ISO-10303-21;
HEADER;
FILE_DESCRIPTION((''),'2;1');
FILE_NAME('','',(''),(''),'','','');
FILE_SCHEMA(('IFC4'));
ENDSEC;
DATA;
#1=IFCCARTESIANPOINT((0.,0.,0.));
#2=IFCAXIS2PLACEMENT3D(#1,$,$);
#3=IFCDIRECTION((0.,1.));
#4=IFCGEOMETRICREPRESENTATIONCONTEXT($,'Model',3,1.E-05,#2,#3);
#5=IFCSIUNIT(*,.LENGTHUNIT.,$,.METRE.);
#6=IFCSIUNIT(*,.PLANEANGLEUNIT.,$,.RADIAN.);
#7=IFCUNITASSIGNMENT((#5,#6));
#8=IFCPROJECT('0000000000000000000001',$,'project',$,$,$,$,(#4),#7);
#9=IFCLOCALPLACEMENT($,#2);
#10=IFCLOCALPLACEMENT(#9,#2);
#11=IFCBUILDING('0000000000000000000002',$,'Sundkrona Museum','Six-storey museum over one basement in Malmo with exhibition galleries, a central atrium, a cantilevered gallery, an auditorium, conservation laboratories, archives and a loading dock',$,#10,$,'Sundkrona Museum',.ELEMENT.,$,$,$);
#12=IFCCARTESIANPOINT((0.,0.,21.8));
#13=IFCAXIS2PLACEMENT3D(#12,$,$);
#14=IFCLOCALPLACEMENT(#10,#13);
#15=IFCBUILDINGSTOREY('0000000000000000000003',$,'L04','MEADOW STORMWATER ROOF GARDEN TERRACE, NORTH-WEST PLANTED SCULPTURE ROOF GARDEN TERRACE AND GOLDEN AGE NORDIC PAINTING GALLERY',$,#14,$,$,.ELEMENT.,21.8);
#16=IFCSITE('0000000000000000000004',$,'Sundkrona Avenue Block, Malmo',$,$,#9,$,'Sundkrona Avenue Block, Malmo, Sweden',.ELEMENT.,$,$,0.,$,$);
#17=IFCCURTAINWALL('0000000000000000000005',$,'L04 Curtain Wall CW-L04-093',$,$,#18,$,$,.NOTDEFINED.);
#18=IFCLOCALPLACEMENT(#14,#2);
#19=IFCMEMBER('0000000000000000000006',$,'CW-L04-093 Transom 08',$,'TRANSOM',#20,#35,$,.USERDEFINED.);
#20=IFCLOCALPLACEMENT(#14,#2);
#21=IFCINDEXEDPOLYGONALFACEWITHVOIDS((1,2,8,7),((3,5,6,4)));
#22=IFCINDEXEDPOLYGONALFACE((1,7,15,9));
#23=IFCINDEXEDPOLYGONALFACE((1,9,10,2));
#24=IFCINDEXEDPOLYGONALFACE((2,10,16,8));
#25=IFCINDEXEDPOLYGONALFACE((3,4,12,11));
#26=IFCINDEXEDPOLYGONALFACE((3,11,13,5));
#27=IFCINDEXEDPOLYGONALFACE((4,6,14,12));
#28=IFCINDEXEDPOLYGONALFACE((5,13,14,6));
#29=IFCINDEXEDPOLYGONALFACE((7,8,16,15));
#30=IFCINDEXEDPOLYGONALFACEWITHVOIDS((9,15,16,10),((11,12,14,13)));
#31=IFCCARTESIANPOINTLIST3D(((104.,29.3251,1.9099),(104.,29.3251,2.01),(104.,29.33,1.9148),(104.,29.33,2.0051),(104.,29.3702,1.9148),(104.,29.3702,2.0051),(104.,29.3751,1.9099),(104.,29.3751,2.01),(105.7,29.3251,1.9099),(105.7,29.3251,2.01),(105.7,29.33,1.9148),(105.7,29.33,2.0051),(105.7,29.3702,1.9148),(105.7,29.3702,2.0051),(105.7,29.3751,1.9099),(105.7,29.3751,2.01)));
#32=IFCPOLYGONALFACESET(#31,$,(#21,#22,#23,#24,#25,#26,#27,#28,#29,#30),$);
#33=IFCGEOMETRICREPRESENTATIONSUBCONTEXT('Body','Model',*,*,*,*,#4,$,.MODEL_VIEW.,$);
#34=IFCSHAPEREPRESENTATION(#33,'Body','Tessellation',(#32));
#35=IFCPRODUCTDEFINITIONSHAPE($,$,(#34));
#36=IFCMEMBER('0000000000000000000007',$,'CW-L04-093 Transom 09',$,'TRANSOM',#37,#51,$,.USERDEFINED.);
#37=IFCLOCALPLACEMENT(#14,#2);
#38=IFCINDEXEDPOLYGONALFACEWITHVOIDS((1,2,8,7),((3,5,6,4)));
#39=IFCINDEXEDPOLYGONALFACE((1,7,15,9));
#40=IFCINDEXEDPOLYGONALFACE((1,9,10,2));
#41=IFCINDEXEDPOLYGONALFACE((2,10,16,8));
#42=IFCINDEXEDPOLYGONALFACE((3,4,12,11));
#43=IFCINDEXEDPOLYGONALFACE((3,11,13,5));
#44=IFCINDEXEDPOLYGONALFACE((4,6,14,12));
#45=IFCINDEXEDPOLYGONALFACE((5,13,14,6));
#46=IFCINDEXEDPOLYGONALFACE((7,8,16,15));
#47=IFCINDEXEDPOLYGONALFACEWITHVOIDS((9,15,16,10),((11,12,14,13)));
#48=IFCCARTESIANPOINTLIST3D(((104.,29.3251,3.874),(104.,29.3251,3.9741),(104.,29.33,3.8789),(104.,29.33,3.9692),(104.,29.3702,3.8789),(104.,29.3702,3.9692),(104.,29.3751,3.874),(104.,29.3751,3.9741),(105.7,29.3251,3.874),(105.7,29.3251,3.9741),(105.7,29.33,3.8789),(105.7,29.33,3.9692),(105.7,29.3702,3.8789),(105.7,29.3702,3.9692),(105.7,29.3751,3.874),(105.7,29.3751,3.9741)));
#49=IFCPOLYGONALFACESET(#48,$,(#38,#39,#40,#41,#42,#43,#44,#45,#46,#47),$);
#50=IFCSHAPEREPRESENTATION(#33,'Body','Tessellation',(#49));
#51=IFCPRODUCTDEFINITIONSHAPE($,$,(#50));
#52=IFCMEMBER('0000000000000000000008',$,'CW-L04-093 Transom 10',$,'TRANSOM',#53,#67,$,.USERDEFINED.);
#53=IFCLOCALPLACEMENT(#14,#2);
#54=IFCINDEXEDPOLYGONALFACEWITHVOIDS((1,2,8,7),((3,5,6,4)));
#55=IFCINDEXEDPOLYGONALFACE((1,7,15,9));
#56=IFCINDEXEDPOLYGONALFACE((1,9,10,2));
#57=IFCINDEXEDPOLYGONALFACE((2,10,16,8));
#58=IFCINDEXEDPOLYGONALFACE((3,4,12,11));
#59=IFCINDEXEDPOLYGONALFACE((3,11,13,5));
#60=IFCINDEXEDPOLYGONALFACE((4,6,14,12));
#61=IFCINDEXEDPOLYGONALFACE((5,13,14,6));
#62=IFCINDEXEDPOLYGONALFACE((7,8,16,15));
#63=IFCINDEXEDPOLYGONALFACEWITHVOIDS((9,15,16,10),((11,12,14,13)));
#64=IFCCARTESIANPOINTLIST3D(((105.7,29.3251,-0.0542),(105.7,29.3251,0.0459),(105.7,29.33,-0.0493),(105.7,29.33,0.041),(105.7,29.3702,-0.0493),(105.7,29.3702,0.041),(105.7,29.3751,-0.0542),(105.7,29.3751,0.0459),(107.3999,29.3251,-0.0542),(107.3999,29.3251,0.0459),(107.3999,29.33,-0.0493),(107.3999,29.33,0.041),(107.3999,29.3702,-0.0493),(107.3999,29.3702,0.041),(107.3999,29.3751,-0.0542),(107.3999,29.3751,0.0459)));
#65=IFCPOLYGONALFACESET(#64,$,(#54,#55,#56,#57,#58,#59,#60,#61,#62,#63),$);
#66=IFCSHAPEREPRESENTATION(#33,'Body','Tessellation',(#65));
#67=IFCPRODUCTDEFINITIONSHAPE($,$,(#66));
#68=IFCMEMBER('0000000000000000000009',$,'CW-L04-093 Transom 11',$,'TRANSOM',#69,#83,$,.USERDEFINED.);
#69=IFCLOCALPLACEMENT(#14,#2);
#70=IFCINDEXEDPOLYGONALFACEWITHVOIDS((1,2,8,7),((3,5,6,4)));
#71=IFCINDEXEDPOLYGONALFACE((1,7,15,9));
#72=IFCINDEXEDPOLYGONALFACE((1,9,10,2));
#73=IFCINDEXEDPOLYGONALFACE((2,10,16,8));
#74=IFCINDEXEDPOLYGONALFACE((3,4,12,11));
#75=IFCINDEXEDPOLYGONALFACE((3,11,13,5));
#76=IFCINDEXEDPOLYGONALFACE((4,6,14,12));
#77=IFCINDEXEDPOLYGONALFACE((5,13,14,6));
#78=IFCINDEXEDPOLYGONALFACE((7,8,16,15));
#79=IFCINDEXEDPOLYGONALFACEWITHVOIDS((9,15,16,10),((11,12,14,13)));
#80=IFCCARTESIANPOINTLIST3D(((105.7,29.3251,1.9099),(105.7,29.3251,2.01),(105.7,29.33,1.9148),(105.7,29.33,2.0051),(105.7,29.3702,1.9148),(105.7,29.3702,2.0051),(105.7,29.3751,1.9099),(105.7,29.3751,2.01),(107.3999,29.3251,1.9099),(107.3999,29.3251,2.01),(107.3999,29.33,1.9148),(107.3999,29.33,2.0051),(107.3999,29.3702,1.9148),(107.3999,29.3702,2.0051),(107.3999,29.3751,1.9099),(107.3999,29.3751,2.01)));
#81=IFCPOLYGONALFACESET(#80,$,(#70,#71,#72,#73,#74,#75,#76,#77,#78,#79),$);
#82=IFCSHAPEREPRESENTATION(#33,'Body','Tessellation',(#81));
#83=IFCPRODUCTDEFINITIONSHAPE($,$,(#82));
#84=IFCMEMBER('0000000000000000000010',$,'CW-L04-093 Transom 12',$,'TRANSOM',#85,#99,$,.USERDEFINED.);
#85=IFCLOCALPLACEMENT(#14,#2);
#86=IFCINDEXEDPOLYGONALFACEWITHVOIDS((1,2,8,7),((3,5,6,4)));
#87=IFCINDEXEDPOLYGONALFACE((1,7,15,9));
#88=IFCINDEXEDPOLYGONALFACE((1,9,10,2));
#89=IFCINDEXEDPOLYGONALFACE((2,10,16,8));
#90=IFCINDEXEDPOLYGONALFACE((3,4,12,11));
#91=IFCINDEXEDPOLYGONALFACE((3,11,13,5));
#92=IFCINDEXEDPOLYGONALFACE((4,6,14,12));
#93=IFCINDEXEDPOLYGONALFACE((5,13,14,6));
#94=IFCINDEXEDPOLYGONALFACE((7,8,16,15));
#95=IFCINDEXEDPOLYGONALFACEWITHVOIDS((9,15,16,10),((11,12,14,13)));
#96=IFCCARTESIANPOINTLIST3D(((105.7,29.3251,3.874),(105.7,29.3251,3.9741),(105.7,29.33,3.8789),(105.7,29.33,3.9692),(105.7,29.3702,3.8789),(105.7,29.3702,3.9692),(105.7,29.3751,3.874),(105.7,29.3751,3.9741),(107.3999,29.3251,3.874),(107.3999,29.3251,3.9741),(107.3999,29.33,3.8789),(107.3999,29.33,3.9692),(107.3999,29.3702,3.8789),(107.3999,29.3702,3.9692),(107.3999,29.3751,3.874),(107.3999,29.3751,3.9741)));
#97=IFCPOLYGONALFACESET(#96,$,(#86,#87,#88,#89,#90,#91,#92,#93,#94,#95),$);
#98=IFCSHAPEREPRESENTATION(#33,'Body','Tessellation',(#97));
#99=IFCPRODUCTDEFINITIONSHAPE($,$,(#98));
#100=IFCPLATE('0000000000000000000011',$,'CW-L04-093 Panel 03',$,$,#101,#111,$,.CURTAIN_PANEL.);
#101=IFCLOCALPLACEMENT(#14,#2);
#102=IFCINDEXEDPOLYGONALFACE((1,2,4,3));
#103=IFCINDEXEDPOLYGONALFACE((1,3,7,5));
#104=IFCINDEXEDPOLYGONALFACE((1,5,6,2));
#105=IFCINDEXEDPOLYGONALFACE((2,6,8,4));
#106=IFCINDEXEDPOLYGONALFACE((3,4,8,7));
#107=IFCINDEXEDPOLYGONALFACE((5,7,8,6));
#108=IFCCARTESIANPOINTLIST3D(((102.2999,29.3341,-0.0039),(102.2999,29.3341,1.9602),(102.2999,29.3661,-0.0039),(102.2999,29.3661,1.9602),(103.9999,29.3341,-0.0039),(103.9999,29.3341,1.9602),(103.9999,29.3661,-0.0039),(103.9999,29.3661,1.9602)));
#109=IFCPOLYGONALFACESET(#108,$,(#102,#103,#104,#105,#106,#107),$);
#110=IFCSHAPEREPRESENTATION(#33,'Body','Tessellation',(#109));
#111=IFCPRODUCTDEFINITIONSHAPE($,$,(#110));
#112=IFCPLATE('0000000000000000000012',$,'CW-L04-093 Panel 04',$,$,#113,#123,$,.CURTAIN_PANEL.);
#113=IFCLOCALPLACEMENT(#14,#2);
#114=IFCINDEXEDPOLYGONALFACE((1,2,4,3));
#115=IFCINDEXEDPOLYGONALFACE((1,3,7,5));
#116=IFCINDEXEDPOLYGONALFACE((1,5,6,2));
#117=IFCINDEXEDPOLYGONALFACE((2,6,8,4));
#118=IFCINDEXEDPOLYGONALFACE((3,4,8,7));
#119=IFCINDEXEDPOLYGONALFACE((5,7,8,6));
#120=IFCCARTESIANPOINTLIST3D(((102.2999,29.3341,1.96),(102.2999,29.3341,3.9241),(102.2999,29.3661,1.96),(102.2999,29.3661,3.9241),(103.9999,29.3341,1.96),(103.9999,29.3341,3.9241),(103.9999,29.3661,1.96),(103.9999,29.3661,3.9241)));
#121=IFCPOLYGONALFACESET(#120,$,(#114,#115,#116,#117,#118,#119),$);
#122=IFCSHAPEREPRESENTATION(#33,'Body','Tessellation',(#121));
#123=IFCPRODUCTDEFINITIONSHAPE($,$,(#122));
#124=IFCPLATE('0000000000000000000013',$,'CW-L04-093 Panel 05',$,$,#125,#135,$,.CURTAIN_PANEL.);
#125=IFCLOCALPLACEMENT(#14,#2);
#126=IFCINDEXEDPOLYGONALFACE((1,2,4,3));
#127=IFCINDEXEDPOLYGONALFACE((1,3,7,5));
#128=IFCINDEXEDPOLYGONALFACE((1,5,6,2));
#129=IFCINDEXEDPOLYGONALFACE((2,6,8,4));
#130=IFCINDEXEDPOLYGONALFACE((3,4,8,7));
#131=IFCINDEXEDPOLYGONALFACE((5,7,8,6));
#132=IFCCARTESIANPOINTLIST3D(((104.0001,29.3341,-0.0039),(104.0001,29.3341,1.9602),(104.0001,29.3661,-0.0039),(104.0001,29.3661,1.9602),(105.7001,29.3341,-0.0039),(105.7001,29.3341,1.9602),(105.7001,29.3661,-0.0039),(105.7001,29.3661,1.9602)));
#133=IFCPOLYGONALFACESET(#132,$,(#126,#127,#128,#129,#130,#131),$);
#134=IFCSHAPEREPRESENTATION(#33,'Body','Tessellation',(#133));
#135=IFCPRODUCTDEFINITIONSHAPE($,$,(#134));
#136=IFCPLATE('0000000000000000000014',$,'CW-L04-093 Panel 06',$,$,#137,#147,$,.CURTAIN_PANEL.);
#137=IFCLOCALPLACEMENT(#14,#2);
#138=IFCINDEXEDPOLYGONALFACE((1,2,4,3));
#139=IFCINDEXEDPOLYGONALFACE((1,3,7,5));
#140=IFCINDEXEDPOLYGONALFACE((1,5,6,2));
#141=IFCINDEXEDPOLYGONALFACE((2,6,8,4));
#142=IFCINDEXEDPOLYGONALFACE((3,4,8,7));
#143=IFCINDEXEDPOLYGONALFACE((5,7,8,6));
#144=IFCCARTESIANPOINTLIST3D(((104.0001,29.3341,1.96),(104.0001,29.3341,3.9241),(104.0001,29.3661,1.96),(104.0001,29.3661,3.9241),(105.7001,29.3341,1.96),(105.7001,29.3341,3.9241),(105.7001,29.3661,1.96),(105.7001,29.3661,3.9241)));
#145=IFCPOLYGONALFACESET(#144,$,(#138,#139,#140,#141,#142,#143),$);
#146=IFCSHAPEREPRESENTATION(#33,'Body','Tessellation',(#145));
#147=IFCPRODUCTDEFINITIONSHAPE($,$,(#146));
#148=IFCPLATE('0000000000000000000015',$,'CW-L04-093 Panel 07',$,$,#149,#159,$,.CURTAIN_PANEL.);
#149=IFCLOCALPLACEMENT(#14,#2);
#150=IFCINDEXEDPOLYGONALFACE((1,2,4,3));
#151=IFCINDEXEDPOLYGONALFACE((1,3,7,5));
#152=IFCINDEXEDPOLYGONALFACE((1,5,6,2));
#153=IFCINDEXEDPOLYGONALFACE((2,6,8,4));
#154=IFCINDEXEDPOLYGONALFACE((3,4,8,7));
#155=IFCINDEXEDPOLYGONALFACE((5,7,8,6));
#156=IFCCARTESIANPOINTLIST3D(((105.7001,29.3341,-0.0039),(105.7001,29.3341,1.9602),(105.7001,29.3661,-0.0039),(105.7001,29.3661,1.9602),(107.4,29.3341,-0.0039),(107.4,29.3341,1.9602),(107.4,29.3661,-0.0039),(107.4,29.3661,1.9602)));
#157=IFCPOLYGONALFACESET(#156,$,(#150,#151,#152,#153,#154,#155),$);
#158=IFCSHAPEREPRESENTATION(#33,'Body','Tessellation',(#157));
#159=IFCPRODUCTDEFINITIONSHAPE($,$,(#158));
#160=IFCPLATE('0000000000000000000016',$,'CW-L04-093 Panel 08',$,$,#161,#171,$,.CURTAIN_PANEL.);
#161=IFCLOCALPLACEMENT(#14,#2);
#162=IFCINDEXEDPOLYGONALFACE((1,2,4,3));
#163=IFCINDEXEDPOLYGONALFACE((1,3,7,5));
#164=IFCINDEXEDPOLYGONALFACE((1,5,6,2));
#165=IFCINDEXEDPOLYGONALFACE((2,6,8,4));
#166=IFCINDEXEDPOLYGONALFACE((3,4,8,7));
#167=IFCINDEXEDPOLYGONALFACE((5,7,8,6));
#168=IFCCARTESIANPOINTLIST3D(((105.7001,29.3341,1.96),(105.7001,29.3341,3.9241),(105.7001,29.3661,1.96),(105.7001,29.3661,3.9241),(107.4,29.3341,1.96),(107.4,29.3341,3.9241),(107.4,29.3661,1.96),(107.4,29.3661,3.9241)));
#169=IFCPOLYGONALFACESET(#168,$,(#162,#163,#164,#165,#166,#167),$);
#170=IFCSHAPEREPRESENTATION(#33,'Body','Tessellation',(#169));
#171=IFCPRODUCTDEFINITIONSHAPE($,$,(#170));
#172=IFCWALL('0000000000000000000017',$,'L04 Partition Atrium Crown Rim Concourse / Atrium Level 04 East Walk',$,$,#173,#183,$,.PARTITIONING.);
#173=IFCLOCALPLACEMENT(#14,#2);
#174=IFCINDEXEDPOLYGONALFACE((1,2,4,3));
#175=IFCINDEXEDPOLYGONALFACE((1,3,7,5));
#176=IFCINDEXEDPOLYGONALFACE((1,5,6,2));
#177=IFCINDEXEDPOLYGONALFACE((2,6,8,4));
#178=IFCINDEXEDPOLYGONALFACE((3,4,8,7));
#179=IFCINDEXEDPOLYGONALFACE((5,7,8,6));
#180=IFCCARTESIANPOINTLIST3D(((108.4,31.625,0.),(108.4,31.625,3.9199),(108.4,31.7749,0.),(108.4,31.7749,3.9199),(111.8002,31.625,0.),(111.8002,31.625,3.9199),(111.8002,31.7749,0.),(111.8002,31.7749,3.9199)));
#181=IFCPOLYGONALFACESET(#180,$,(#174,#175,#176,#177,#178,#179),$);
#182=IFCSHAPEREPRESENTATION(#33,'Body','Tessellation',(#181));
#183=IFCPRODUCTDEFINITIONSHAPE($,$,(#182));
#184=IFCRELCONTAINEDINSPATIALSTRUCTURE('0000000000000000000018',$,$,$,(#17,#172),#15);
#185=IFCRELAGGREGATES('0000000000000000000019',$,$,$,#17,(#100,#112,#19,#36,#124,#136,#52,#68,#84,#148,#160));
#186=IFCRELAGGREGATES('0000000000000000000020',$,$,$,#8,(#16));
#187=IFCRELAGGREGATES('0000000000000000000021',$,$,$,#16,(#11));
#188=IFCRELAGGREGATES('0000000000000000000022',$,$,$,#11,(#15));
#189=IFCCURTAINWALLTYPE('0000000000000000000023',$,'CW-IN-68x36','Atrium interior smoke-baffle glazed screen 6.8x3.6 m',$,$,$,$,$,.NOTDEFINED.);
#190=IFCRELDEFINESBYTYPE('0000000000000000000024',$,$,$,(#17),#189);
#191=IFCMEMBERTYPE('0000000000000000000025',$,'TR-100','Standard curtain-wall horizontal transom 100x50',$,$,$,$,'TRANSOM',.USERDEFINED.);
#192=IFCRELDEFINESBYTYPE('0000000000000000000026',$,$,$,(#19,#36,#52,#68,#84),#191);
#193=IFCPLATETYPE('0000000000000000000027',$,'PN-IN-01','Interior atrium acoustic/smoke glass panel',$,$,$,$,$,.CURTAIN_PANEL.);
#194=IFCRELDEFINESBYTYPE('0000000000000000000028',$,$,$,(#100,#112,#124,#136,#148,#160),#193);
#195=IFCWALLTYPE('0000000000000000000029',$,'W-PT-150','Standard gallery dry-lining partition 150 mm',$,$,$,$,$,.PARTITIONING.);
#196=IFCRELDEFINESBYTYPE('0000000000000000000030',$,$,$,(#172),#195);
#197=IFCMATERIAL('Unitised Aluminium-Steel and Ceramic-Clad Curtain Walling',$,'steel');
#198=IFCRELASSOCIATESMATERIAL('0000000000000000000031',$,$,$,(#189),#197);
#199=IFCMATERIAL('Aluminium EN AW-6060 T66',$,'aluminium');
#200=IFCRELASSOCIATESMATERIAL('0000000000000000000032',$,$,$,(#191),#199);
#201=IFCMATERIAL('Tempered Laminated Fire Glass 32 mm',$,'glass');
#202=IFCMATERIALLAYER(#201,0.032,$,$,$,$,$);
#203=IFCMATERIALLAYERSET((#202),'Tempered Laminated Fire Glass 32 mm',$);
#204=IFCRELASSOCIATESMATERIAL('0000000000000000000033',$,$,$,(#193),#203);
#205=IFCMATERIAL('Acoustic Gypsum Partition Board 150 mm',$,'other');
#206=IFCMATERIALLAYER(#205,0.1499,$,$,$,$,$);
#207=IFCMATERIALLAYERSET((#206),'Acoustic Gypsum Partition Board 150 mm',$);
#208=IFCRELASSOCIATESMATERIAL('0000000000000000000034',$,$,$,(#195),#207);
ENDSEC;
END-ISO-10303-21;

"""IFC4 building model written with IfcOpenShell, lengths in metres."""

from ifc_helpers import new_model, si_unit, direction, frame, frame_2d, origin, origin_2d, place, context, subcontext, project, spatial, rectangle, hollow_rectangle, extrude, material, layer, layer_set, material_profile, profile_set, type_object, element, aggregate, save


model = new_model("IFC4")

# Units and contexts
model_context = context("Model", 3, precision=1e-05, world=origin(), true_north=direction((0.0, 1.0)))
body_context = subcontext(model_context, "Body", "Model", "MODEL_VIEW")
ifc_project = project(units=[si_unit("LENGTHUNIT", "METRE"), si_unit("PLANEANGLEUNIT", "RADIAN")], contexts=[model_context])

# Site, building, storey
site_placement = place(None, origin())
site = spatial("IfcSite", under=ifc_project, at=site_placement, Name="Sundkrona Avenue Block, Malmo", LongName="Sundkrona Avenue Block, Malmo, Sweden", CompositionType="ELEMENT", RefElevation=0.0)
building_placement = place(site_placement, origin())
building = spatial("IfcBuilding", under=site, at=building_placement, Name="Sundkrona Museum", Description="Six-storey museum over one basement in Malmo with exhibition galleries, a central atrium, a cantilevered gallery, an auditorium, conservation laboratories, archives and a loading dock", LongName="Sundkrona Museum", CompositionType="ELEMENT")
storey_placement = place(building_placement, frame((0.0, 0.0, 21.8)))
storey = spatial("IfcBuildingStorey", under=building, at=storey_placement, Name="L04", Description="MEADOW STORMWATER ROOF GARDEN TERRACE, NORTH-WEST PLANTED SCULPTURE ROOF GARDEN TERRACE AND GOLDEN AGE NORDIC PAINTING GALLERY", CompositionType="ELEMENT", Elevation=21.8)

# Curtain wall
ifc_material_1 = material(Name="Unitised Aluminium-Steel and Ceramic-Clad Curtain Walling", Category="steel")
curtain_wall_type = type_object("IfcCurtainWallType", Name="CW-IN-68x36", Description="Atrium interior smoke-baffle glazed screen 6.8x3.6 m", PredefinedType="NOTDEFINED", material=ifc_material_1)
curtain_wall_placement = place(storey_placement, origin())
curtain_wall = element("IfcCurtainWall", 1, at=curtain_wall_placement, inside=storey, type_object=curtain_wall_type, Name="L04 Curtain Wall CW-L04-093", PredefinedType="NOTDEFINED")
ifc_material_2 = material(Name="Aluminium EN AW-6060 T66", Category="aluminium")

# Members
ifc_material_profile_1 = material_profile(ifc_material_2, hollow_rectangle(XDim=0.05, YDim=0.1001, WallThickness=0.0049, at=origin_2d()), Name="RHS 100x50x5.0")
ifc_profile_set_1 = profile_set([ifc_material_profile_1], Name="Aluminium EN AW-6060 T66")
member_type_1 = type_object("IfcMemberType", Name="TR-100", Description="Standard curtain-wall horizontal transom 100x50", ElementType="TRANSOM", PredefinedType="USERDEFINED", material=ifc_profile_set_1)
member_1_placement = place(storey_placement, frame((104.0, 29.3501, 1.96), z_axis=(1.0, 0.0, 0.0), x_axis=(0.0, 1.0, 0.0)))
member_1 = element("IfcMember", 2, at=member_1_placement, type_object=member_type_1, Name="CW-L04-093 Transom 08", ObjectType="TRANSOM", PredefinedType="USERDEFINED", context=body_context, shape_type="SweptSolid", body=[
    extrude(hollow_rectangle(XDim=0.05, YDim=0.1001, WallThickness=0.0049, at=origin_2d()), origin(), (0.0, 0.0, 1.0), 1.7),
])
member_2_placement = place(storey_placement, frame((104.0, 29.3501, 3.9241), z_axis=(1.0, 0.0, 0.0), x_axis=(0.0, 1.0, 0.0)))
member_2 = element("IfcMember", 3, at=member_2_placement, type_object=member_type_1, Name="CW-L04-093 Transom 09", ObjectType="TRANSOM", PredefinedType="USERDEFINED", context=body_context, shape_type="SweptSolid", body=[
    extrude(hollow_rectangle(XDim=0.05, YDim=0.1001, WallThickness=0.0049, at=origin_2d()), origin(), (0.0, 0.0, 1.0), 1.7),
])
member_3_placement = place(storey_placement, frame((105.7, 29.3501, -0.0042), z_axis=(1.0, 0.0, 0.0), x_axis=(0.0, 1.0, 0.0)))
member_3 = element("IfcMember", 4, at=member_3_placement, type_object=member_type_1, Name="CW-L04-093 Transom 10", ObjectType="TRANSOM", PredefinedType="USERDEFINED", context=body_context, shape_type="SweptSolid", body=[
    extrude(hollow_rectangle(XDim=0.05, YDim=0.1001, WallThickness=0.0049, at=origin_2d()), origin(), (0.0, 0.0, 1.0), 1.7),
])
member_4_placement = place(storey_placement, frame((105.7, 29.3501, 1.96), z_axis=(1.0, 0.0, 0.0), x_axis=(0.0, 1.0, 0.0)))
member_4 = element("IfcMember", 5, at=member_4_placement, type_object=member_type_1, Name="CW-L04-093 Transom 11", ObjectType="TRANSOM", PredefinedType="USERDEFINED", context=body_context, shape_type="SweptSolid", body=[
    extrude(hollow_rectangle(XDim=0.05, YDim=0.1001, WallThickness=0.0049, at=origin_2d()), origin(), (0.0, 0.0, 1.0), 1.7),
])
member_5_placement = place(storey_placement, frame((105.7, 29.3501, 3.9241), z_axis=(1.0, 0.0, 0.0), x_axis=(0.0, 1.0, 0.0)))
member_5 = element("IfcMember", 6, at=member_5_placement, type_object=member_type_1, Name="CW-L04-093 Transom 12", ObjectType="TRANSOM", PredefinedType="USERDEFINED", context=body_context, shape_type="SweptSolid", body=[
    extrude(hollow_rectangle(XDim=0.05, YDim=0.1001, WallThickness=0.0049, at=origin_2d()), origin(), (0.0, 0.0, 1.0), 1.7),
])

# Plates
ifc_material_3 = material(Name="Tempered Laminated Fire Glass 32 mm", Category="glass")
ifc_layer_1 = layer(ifc_material_3, 0.032)
ifc_layer_set_1 = layer_set([ifc_layer_1], Name="Tempered Laminated Fire Glass 32 mm")
plate_type = type_object("IfcPlateType", Name="PN-IN-01", Description="Interior atrium acoustic/smoke glass panel", PredefinedType="CURTAIN_PANEL", material=ifc_layer_set_1)
plate_1_placement = place(storey_placement, frame((103.1499, 29.3501, -0.0039), z_axis=(0.0, 0.0, 1.0), x_axis=(1.0, 0.0, 0.0)))
plate_1 = element("IfcPlate", 7, at=plate_1_placement, type_object=plate_type, Name="CW-L04-093 Panel 03", PredefinedType="CURTAIN_PANEL", context=body_context, shape_type="SweptSolid", body=[
    extrude(rectangle(XDim=1.7, YDim=0.032, at=origin_2d()), origin(), (0.0, 0.0, 1.0), 1.9641),
])
plate_2_placement = place(storey_placement, frame((103.1499, 29.3501, 1.96), z_axis=(0.0, 0.0, 1.0), x_axis=(1.0, 0.0, 0.0)))
plate_2 = element("IfcPlate", 8, at=plate_2_placement, type_object=plate_type, Name="CW-L04-093 Panel 04", PredefinedType="CURTAIN_PANEL", context=body_context, shape_type="SweptSolid", body=[
    extrude(rectangle(XDim=1.7, YDim=0.032, at=origin_2d()), origin(), (0.0, 0.0, 1.0), 1.9641),
])
plate_3_placement = place(storey_placement, frame((104.8501, 29.3501, -0.0039), z_axis=(0.0, 0.0, 1.0), x_axis=(1.0, 0.0, 0.0)))
plate_3 = element("IfcPlate", 9, at=plate_3_placement, type_object=plate_type, Name="CW-L04-093 Panel 05", PredefinedType="CURTAIN_PANEL", context=body_context, shape_type="SweptSolid", body=[
    extrude(rectangle(XDim=1.7, YDim=0.032, at=origin_2d()), origin(), (0.0, 0.0, 1.0), 1.9641),
])
plate_4_placement = place(storey_placement, frame((104.8501, 29.3501, 1.96), z_axis=(0.0, 0.0, 1.0), x_axis=(1.0, 0.0, 0.0)))
plate_4 = element("IfcPlate", 10, at=plate_4_placement, type_object=plate_type, Name="CW-L04-093 Panel 06", PredefinedType="CURTAIN_PANEL", context=body_context, shape_type="SweptSolid", body=[
    extrude(rectangle(XDim=1.7, YDim=0.032, at=origin_2d()), origin(), (0.0, 0.0, 1.0), 1.9641),
])
plate_5_placement = place(storey_placement, frame((106.55, 29.3501, -0.0039), z_axis=(0.0, 0.0, 1.0), x_axis=(1.0, 0.0, 0.0)))
plate_5 = element("IfcPlate", 11, at=plate_5_placement, type_object=plate_type, Name="CW-L04-093 Panel 07", PredefinedType="CURTAIN_PANEL", context=body_context, shape_type="SweptSolid", body=[
    extrude(rectangle(XDim=1.7, YDim=0.032, at=origin_2d()), origin(), (0.0, 0.0, 1.0), 1.9641),
])
plate_6_placement = place(storey_placement, frame((106.55, 29.3501, 1.96), z_axis=(0.0, 0.0, 1.0), x_axis=(1.0, 0.0, 0.0)))
plate_6 = element("IfcPlate", 12, at=plate_6_placement, type_object=plate_type, Name="CW-L04-093 Panel 08", PredefinedType="CURTAIN_PANEL", context=body_context, shape_type="SweptSolid", body=[
    extrude(rectangle(XDim=1.7, YDim=0.032, at=origin_2d()), origin(), (0.0, 0.0, 1.0), 1.9641),
])
aggregate(curtain_wall, [plate_1, plate_2, member_1, member_2, plate_3, plate_4, member_3, member_4, member_5, plate_5, plate_6])

# Wall
ifc_material_4 = material(Name="Acoustic Gypsum Partition Board 150 mm", Category="other")
ifc_layer_2 = layer(ifc_material_4, 0.1499)
ifc_layer_set_2 = layer_set([ifc_layer_2], Name="Acoustic Gypsum Partition Board 150 mm")
wall_type = type_object("IfcWallType", Name="W-PT-150", Description="Standard gallery dry-lining partition 150 mm", PredefinedType="PARTITIONING", material=ifc_layer_set_2)
wall_1_placement = place(storey_placement, frame((108.3999, 31.7, 0.0), z_axis=(0.0, 0.0, 1.0), x_axis=(1.0, 0.0, 0.0)))
element("IfcWall", 13, at=wall_1_placement, inside=storey, type_object=wall_type, Name="L04 Partition Atrium Crown Rim Concourse / Atrium Level 04 East Walk", PredefinedType="PARTITIONING", context=body_context, shape_type="SweptSolid", body=[
    extrude(rectangle(XDim=3.4001, YDim=0.1499, at=frame_2d((1.7002, 0.0))), origin(), (0.0, 0.0, 1.0), 3.9199),
])

save(model, "model.ifc")
